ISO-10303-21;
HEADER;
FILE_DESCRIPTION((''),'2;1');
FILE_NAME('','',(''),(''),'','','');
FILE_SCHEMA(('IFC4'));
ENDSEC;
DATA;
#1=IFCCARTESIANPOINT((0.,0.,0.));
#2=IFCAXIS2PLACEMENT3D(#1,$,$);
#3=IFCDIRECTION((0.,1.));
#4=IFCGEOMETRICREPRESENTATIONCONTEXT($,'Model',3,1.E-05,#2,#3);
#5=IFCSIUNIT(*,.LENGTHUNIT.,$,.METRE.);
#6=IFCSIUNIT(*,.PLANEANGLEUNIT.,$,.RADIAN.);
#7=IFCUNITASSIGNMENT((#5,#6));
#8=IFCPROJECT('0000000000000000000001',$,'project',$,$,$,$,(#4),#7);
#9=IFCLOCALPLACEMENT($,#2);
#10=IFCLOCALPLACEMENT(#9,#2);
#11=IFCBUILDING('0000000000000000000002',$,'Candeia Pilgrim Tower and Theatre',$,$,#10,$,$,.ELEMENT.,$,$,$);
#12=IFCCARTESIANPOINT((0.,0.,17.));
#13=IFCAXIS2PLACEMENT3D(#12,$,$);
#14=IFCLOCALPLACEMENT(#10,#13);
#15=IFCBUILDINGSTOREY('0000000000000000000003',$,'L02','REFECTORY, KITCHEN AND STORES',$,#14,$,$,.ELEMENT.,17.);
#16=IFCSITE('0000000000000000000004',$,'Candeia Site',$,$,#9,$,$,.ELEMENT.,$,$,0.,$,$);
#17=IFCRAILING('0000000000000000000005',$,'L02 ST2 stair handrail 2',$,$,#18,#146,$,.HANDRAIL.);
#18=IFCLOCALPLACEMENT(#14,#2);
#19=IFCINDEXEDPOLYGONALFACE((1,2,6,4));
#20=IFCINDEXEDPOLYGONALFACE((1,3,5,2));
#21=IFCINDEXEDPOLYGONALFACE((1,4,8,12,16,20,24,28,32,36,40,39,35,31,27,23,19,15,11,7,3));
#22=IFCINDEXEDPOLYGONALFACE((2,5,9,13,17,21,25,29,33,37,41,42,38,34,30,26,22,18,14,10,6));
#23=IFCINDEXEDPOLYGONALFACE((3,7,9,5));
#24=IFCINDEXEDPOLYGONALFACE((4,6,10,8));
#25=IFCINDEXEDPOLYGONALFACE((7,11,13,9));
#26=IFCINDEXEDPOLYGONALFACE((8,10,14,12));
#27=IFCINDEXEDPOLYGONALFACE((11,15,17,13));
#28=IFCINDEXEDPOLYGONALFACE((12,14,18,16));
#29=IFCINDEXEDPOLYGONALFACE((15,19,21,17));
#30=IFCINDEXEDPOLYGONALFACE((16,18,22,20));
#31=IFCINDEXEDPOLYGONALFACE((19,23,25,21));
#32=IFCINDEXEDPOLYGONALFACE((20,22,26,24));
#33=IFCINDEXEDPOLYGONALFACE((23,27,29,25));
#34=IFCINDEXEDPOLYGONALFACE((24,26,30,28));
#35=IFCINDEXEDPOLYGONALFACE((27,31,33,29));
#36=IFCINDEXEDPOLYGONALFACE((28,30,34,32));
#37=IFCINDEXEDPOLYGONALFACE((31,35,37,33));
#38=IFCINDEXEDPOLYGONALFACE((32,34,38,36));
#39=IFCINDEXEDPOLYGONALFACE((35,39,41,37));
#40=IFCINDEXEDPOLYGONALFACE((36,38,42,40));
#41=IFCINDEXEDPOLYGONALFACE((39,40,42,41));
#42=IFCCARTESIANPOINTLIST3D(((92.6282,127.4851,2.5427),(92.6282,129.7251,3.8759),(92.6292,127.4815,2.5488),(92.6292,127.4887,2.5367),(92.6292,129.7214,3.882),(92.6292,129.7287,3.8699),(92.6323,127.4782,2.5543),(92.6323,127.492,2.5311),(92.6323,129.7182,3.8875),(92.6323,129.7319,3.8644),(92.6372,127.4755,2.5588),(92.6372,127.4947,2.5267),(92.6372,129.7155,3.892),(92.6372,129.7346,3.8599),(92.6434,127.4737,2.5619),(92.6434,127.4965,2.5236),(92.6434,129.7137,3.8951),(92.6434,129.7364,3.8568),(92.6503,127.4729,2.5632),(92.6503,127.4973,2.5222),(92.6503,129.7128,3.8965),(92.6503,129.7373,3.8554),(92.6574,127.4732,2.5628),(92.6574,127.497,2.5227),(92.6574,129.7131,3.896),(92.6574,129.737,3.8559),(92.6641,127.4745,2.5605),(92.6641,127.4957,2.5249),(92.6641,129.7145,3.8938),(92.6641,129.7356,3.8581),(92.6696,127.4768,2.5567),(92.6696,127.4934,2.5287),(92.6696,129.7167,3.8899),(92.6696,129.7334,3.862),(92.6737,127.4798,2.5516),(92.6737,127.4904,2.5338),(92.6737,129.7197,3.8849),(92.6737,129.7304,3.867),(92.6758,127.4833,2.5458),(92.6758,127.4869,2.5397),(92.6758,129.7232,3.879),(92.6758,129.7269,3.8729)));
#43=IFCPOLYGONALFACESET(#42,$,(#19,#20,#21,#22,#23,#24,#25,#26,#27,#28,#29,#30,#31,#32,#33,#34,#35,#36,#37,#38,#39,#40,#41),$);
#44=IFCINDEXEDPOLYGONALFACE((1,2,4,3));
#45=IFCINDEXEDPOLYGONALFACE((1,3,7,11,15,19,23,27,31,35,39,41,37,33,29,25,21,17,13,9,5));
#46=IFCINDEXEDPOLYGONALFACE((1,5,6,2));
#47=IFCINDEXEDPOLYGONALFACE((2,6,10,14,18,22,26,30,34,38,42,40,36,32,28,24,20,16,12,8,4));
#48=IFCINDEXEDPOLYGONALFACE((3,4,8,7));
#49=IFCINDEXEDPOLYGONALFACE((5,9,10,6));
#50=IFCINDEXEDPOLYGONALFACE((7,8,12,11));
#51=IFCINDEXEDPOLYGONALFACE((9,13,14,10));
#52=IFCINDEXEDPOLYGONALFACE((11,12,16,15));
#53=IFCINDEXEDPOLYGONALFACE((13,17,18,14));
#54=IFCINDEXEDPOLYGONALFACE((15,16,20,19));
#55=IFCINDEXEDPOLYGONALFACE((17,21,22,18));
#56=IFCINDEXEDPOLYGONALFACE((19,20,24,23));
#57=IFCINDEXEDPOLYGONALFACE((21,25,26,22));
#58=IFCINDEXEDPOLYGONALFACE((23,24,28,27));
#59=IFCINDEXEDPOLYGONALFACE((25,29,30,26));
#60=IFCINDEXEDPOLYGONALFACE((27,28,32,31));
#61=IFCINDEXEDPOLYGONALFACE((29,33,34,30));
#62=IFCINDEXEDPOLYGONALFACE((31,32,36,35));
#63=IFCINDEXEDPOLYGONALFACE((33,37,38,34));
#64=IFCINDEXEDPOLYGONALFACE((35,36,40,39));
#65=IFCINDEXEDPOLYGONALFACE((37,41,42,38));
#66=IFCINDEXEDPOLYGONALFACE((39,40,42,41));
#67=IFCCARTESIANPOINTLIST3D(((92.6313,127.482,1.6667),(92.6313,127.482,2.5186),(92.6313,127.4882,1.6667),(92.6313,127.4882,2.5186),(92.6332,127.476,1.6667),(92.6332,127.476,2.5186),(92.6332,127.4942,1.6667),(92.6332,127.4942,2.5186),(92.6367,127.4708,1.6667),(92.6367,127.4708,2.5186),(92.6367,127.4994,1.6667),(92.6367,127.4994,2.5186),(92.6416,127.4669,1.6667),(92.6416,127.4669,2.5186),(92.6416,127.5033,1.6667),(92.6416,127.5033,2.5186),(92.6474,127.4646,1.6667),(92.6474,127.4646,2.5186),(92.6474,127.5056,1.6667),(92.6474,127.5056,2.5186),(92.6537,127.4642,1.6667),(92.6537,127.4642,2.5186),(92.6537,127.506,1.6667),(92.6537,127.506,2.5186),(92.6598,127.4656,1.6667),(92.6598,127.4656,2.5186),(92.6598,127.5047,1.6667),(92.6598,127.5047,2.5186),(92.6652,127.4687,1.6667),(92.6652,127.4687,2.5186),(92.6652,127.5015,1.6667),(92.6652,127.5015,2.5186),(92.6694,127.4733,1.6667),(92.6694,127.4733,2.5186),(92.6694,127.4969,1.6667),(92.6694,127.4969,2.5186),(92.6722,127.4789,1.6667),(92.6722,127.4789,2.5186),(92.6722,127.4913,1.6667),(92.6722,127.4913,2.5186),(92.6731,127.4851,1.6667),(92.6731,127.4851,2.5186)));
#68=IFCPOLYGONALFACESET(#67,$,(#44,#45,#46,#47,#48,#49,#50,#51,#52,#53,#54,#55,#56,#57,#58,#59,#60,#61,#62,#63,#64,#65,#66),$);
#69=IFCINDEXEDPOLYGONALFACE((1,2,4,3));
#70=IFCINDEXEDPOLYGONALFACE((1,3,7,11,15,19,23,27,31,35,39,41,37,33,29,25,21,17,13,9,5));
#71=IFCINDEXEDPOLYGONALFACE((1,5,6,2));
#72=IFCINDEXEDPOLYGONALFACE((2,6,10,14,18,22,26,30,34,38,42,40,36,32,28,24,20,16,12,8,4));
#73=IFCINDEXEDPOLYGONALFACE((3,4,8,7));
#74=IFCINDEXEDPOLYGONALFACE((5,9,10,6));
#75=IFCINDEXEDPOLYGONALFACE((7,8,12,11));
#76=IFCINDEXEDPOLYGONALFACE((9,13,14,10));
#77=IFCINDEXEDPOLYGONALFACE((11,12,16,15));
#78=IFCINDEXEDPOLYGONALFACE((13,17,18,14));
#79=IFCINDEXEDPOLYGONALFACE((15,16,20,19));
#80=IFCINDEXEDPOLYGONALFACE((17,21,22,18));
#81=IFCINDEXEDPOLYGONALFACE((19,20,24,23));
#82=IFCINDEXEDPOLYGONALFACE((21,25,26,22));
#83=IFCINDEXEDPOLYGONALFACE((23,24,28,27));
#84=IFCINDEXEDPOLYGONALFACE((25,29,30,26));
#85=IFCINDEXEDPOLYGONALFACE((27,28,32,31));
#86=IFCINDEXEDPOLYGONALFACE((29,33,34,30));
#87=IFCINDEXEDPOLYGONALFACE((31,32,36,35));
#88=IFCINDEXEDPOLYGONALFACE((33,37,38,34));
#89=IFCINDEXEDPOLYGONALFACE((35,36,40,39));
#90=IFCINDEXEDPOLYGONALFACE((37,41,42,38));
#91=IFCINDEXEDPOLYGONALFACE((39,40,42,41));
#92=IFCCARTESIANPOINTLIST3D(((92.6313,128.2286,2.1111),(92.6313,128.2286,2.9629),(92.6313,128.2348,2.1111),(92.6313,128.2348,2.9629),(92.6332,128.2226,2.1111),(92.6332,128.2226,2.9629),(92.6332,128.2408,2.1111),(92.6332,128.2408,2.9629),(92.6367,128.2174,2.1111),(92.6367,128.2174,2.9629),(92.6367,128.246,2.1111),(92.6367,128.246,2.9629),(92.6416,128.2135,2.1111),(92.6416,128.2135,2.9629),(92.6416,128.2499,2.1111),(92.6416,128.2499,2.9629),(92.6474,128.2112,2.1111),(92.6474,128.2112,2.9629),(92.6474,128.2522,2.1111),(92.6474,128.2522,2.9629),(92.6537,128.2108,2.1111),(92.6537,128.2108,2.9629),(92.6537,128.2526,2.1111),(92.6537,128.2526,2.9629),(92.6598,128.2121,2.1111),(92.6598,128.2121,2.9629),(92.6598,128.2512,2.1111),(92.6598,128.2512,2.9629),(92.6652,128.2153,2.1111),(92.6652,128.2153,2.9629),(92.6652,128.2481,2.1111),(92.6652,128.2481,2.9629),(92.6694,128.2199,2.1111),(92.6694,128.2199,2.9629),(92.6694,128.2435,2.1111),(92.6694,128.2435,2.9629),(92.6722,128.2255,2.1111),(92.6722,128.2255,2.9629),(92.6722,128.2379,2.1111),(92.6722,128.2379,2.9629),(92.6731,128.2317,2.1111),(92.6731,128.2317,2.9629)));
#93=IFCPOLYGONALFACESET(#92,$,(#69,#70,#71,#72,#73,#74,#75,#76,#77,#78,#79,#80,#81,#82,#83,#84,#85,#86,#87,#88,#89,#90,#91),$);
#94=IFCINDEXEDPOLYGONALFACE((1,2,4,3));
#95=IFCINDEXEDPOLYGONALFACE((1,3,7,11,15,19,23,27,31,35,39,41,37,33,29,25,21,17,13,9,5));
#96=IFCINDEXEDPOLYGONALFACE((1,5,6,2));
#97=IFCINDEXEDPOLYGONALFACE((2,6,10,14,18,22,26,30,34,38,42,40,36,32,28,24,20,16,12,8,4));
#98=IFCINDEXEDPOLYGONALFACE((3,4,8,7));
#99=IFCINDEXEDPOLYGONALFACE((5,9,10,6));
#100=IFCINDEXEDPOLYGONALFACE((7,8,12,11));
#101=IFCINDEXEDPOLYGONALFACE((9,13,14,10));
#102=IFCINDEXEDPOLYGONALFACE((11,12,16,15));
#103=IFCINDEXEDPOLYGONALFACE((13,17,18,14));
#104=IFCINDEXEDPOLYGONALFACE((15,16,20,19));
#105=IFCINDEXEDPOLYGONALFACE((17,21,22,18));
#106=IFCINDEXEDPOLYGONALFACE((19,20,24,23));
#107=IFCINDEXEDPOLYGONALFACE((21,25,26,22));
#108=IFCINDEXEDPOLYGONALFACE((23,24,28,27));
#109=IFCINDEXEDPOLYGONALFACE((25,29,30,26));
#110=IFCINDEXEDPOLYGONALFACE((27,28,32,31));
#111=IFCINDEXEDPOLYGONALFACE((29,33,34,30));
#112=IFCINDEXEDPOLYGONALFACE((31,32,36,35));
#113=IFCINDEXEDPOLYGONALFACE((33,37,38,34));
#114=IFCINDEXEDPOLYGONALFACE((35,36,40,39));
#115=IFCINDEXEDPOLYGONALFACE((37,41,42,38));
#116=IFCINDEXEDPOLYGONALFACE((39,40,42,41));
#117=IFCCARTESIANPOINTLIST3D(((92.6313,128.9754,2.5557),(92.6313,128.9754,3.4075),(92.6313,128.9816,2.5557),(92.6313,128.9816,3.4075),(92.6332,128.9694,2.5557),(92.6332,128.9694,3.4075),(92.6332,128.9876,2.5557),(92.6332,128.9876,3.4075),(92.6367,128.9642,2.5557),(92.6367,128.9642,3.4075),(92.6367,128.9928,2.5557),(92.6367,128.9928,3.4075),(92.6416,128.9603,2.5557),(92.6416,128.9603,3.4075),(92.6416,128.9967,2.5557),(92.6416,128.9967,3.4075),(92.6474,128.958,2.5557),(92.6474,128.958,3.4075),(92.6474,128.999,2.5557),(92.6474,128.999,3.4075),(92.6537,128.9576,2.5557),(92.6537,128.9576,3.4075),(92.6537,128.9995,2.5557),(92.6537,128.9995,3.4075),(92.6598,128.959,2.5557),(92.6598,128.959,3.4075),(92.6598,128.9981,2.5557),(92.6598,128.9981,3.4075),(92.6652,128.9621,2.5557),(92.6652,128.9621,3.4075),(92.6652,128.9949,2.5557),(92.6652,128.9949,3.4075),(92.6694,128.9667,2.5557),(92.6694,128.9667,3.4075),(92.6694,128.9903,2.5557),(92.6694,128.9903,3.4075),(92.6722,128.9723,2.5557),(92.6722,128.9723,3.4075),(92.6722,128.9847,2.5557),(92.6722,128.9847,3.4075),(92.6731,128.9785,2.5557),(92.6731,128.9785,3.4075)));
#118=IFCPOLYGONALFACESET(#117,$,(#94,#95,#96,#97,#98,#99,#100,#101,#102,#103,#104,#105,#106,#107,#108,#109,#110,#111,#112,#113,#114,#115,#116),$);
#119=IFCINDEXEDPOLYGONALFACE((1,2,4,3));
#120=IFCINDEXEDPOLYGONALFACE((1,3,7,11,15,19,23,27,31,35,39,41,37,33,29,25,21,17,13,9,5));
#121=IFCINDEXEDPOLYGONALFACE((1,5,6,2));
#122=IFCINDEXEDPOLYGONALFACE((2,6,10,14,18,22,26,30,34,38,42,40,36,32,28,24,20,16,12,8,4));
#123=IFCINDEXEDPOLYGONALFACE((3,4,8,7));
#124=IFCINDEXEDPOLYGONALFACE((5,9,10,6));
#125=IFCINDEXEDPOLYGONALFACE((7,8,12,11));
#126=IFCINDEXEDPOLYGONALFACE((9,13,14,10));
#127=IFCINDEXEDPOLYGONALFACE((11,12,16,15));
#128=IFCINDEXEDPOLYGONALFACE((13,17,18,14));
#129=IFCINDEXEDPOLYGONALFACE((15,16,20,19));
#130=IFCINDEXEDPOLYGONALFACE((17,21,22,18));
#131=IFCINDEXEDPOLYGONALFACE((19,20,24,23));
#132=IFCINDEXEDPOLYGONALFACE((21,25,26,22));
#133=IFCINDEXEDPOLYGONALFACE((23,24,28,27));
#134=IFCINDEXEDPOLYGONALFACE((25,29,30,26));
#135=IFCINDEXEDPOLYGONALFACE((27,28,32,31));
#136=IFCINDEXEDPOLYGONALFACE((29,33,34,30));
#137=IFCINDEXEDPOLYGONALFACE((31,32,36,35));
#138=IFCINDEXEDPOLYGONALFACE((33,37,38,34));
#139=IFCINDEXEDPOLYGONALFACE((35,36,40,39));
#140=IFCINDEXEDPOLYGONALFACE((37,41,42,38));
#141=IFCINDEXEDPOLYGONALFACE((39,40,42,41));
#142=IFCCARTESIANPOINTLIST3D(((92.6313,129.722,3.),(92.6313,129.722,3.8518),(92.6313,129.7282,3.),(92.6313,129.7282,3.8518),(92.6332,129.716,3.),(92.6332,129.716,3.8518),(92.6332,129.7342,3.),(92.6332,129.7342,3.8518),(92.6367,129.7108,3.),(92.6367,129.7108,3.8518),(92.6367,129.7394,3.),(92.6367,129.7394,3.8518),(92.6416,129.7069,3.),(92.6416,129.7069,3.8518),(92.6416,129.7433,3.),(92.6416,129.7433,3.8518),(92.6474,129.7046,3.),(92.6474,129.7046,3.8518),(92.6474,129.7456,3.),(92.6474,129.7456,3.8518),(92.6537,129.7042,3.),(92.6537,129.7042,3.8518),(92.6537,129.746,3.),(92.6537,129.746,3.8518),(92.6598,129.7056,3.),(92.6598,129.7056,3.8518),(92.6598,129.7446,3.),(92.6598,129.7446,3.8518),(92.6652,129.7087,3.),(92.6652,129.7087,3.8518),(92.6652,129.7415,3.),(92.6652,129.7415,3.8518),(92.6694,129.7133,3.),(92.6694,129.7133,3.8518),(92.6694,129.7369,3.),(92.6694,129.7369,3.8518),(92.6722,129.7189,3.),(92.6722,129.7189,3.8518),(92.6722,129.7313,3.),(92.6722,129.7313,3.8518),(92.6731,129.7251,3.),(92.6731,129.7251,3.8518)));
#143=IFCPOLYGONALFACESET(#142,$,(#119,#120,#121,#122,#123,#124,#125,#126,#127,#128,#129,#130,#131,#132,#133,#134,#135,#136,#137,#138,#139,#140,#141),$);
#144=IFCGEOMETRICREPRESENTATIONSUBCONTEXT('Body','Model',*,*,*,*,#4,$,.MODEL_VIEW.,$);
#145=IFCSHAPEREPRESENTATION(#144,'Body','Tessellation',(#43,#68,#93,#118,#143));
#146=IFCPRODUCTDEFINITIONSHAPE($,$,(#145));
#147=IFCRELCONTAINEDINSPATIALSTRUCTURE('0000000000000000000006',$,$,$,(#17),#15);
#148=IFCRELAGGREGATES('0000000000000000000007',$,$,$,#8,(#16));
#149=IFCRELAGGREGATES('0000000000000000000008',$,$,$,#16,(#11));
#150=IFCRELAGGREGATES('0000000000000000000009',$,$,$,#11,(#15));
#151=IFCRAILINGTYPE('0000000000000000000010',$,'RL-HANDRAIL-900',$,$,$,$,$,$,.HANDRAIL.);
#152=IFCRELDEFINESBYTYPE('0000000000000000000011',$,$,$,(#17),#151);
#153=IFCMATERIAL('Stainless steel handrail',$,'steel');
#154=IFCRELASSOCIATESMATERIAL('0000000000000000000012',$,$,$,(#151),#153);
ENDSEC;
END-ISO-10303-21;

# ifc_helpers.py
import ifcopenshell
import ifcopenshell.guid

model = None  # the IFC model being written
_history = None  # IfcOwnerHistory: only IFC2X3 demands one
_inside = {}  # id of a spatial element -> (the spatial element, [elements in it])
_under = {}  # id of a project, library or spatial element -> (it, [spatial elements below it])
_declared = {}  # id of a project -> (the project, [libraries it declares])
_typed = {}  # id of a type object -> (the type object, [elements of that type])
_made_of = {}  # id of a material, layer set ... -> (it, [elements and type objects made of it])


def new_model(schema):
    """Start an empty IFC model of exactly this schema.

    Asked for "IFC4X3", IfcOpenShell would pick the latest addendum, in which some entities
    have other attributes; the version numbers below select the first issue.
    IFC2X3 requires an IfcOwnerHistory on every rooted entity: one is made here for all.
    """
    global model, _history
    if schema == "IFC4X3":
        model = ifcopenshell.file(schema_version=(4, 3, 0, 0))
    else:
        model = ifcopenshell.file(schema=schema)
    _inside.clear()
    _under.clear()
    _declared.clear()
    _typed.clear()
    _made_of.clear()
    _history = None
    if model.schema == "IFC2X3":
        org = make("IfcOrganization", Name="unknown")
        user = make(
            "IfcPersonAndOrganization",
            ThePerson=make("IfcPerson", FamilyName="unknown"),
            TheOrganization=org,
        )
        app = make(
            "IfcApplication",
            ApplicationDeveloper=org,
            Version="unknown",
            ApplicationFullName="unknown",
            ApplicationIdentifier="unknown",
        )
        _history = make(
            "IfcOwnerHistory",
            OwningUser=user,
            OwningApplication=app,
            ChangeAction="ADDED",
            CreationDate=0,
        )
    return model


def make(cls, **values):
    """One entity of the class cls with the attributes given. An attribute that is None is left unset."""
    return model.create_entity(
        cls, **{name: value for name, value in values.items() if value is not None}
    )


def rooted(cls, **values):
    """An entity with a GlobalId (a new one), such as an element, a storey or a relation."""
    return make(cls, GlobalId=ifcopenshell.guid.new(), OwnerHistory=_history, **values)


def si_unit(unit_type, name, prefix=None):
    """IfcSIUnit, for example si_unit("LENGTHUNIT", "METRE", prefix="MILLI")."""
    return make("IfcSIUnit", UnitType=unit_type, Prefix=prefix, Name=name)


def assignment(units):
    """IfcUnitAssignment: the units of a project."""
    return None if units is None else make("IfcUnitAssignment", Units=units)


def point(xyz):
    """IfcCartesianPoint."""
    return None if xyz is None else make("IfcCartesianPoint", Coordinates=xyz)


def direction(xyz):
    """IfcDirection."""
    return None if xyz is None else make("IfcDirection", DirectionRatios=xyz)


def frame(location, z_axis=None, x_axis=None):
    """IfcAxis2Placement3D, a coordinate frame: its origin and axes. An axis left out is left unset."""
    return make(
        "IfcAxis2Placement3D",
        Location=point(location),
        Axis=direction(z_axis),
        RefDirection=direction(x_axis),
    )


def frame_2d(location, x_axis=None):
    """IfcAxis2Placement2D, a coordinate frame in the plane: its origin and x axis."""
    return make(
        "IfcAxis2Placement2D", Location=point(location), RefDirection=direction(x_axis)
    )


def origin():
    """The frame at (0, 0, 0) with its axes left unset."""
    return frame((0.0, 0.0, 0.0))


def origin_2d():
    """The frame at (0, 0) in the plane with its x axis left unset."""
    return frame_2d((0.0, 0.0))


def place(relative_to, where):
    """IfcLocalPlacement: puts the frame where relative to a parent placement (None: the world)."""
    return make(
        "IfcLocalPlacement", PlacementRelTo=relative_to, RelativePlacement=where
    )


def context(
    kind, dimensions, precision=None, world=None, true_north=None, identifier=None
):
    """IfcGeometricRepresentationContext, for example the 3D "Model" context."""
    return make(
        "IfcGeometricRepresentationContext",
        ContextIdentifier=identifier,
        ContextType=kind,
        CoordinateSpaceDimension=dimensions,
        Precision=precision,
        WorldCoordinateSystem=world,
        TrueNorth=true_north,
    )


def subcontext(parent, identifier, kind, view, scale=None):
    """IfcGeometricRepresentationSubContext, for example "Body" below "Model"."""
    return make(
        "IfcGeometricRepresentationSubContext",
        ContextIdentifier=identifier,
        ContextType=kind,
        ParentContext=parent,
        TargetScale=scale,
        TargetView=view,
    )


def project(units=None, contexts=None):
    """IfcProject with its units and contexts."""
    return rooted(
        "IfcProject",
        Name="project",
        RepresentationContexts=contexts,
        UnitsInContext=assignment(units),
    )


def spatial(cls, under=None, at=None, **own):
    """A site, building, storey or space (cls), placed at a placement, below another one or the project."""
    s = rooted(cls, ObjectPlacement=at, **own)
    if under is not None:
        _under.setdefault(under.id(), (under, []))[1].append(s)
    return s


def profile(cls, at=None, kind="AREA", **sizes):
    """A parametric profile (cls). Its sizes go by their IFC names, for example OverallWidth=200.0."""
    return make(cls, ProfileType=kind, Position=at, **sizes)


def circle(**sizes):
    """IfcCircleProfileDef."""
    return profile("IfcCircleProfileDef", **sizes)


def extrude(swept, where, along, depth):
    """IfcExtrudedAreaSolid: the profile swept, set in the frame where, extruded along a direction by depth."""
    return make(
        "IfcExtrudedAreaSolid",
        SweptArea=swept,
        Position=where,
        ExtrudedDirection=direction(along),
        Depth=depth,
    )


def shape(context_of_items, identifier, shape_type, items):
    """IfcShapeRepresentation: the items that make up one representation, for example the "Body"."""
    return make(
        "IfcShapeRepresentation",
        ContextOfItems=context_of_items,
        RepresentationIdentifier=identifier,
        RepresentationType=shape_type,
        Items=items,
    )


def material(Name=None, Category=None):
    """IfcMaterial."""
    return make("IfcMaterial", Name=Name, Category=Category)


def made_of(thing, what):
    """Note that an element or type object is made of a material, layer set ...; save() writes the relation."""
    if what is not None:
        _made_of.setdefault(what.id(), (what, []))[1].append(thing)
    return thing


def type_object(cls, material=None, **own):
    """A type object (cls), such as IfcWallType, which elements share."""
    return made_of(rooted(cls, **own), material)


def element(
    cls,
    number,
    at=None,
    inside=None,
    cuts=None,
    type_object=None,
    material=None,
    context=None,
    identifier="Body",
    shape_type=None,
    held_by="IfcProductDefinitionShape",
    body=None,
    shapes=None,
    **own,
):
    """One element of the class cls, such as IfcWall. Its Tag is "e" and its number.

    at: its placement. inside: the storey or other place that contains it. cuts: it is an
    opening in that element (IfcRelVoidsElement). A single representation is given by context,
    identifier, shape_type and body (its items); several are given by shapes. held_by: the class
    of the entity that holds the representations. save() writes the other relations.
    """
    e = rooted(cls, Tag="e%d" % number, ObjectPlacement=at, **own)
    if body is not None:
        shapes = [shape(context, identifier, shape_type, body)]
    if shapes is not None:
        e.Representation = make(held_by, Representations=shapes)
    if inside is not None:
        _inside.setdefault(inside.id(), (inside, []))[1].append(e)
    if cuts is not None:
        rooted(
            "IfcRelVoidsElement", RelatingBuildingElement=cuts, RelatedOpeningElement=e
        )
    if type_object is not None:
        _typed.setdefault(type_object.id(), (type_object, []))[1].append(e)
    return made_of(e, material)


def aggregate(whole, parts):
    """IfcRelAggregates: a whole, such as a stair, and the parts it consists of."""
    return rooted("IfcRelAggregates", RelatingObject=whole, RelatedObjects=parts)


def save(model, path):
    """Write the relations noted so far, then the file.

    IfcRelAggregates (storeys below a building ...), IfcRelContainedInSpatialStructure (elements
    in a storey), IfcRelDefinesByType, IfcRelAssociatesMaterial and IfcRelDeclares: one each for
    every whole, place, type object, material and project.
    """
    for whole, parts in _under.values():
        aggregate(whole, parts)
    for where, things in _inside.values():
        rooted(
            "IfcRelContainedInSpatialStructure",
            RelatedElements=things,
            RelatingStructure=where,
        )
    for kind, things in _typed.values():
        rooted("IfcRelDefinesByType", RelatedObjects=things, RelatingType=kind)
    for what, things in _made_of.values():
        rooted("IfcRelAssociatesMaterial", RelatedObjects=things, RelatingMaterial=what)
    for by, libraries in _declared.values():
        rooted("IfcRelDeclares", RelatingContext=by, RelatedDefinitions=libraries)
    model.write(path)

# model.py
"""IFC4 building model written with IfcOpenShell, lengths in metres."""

from ifc_helpers import new_model, si_unit, direction, frame, origin, origin_2d, place, context, subcontext, project, spatial, circle, extrude, material, type_object, element, save


model = new_model("IFC4")

# Units and contexts
model_context = context("Model", 3, precision=1e-05, world=origin(), true_north=direction((0.0, 1.0)))
body_context = subcontext(model_context, "Body", "Model", "MODEL_VIEW")
ifc_project = project(units=[si_unit("LENGTHUNIT", "METRE"), si_unit("PLANEANGLEUNIT", "RADIAN")], contexts=[model_context])

# Site, building, storey
site_placement = place(None, origin())
site = spatial("IfcSite", under=ifc_project, at=site_placement, Name="Candeia Site", CompositionType="ELEMENT", RefElevation=0.0)
building_placement = place(site_placement, origin())
building = spatial("IfcBuilding", under=site, at=building_placement, Name="Candeia Pilgrim Tower and Theatre", CompositionType="ELEMENT")
storey_placement = place(building_placement, frame((0.0, 0.0, 17.0)))
storey = spatial("IfcBuildingStorey", under=building, at=storey_placement, Name="L02", Description="REFECTORY, KITCHEN AND STORES", CompositionType="ELEMENT", Elevation=17.0)

# Railing
ifc_material_1 = material(Name="Stainless steel handrail", Category="steel")
railing_type = type_object("IfcRailingType", Name="RL-HANDRAIL-900", PredefinedType="HANDRAIL", material=ifc_material_1)
for number, where, name in (
    (1, (92.6521, 127.4851, 1.6667), "L02 ST2 stair handrail 2"),
):
    element("IfcRailing", number, at=place(storey_placement, frame(where)), inside=storey, type_object=railing_type, Name=name, PredefinedType="HANDRAIL", context=body_context, shape_type="SweptSolid", body=[
        extrude(circle(Radius=0.0239, at=origin_2d()), frame((0.0, 0.0, 0.876), z_axis=(0.0, 0.859306, 0.511462), x_axis=(-1.0, 0.0, 0.0)), (0.0, 0.0, 1.0), 2.6067),
        extrude(circle(Radius=0.021, at=origin_2d()), origin(), (0.0, 0.0, 1.0), 0.8518),
        extrude(circle(Radius=0.021, at=origin_2d()), frame((0.0, 0.7466, 0.4443)), (0.0, 0.0, 1.0), 0.8518),
        extrude(circle(Radius=0.021, at=origin_2d()), frame((0.0, 1.4934, 0.8889)), (0.0, 0.0, 1.0), 0.8518),
        extrude(circle(Radius=0.021, at=origin_2d()), frame((0.0, 2.24, 1.3333)), (0.0, 0.0, 1.0), 0.8518),
    ])

save(model, "model.ifc")
